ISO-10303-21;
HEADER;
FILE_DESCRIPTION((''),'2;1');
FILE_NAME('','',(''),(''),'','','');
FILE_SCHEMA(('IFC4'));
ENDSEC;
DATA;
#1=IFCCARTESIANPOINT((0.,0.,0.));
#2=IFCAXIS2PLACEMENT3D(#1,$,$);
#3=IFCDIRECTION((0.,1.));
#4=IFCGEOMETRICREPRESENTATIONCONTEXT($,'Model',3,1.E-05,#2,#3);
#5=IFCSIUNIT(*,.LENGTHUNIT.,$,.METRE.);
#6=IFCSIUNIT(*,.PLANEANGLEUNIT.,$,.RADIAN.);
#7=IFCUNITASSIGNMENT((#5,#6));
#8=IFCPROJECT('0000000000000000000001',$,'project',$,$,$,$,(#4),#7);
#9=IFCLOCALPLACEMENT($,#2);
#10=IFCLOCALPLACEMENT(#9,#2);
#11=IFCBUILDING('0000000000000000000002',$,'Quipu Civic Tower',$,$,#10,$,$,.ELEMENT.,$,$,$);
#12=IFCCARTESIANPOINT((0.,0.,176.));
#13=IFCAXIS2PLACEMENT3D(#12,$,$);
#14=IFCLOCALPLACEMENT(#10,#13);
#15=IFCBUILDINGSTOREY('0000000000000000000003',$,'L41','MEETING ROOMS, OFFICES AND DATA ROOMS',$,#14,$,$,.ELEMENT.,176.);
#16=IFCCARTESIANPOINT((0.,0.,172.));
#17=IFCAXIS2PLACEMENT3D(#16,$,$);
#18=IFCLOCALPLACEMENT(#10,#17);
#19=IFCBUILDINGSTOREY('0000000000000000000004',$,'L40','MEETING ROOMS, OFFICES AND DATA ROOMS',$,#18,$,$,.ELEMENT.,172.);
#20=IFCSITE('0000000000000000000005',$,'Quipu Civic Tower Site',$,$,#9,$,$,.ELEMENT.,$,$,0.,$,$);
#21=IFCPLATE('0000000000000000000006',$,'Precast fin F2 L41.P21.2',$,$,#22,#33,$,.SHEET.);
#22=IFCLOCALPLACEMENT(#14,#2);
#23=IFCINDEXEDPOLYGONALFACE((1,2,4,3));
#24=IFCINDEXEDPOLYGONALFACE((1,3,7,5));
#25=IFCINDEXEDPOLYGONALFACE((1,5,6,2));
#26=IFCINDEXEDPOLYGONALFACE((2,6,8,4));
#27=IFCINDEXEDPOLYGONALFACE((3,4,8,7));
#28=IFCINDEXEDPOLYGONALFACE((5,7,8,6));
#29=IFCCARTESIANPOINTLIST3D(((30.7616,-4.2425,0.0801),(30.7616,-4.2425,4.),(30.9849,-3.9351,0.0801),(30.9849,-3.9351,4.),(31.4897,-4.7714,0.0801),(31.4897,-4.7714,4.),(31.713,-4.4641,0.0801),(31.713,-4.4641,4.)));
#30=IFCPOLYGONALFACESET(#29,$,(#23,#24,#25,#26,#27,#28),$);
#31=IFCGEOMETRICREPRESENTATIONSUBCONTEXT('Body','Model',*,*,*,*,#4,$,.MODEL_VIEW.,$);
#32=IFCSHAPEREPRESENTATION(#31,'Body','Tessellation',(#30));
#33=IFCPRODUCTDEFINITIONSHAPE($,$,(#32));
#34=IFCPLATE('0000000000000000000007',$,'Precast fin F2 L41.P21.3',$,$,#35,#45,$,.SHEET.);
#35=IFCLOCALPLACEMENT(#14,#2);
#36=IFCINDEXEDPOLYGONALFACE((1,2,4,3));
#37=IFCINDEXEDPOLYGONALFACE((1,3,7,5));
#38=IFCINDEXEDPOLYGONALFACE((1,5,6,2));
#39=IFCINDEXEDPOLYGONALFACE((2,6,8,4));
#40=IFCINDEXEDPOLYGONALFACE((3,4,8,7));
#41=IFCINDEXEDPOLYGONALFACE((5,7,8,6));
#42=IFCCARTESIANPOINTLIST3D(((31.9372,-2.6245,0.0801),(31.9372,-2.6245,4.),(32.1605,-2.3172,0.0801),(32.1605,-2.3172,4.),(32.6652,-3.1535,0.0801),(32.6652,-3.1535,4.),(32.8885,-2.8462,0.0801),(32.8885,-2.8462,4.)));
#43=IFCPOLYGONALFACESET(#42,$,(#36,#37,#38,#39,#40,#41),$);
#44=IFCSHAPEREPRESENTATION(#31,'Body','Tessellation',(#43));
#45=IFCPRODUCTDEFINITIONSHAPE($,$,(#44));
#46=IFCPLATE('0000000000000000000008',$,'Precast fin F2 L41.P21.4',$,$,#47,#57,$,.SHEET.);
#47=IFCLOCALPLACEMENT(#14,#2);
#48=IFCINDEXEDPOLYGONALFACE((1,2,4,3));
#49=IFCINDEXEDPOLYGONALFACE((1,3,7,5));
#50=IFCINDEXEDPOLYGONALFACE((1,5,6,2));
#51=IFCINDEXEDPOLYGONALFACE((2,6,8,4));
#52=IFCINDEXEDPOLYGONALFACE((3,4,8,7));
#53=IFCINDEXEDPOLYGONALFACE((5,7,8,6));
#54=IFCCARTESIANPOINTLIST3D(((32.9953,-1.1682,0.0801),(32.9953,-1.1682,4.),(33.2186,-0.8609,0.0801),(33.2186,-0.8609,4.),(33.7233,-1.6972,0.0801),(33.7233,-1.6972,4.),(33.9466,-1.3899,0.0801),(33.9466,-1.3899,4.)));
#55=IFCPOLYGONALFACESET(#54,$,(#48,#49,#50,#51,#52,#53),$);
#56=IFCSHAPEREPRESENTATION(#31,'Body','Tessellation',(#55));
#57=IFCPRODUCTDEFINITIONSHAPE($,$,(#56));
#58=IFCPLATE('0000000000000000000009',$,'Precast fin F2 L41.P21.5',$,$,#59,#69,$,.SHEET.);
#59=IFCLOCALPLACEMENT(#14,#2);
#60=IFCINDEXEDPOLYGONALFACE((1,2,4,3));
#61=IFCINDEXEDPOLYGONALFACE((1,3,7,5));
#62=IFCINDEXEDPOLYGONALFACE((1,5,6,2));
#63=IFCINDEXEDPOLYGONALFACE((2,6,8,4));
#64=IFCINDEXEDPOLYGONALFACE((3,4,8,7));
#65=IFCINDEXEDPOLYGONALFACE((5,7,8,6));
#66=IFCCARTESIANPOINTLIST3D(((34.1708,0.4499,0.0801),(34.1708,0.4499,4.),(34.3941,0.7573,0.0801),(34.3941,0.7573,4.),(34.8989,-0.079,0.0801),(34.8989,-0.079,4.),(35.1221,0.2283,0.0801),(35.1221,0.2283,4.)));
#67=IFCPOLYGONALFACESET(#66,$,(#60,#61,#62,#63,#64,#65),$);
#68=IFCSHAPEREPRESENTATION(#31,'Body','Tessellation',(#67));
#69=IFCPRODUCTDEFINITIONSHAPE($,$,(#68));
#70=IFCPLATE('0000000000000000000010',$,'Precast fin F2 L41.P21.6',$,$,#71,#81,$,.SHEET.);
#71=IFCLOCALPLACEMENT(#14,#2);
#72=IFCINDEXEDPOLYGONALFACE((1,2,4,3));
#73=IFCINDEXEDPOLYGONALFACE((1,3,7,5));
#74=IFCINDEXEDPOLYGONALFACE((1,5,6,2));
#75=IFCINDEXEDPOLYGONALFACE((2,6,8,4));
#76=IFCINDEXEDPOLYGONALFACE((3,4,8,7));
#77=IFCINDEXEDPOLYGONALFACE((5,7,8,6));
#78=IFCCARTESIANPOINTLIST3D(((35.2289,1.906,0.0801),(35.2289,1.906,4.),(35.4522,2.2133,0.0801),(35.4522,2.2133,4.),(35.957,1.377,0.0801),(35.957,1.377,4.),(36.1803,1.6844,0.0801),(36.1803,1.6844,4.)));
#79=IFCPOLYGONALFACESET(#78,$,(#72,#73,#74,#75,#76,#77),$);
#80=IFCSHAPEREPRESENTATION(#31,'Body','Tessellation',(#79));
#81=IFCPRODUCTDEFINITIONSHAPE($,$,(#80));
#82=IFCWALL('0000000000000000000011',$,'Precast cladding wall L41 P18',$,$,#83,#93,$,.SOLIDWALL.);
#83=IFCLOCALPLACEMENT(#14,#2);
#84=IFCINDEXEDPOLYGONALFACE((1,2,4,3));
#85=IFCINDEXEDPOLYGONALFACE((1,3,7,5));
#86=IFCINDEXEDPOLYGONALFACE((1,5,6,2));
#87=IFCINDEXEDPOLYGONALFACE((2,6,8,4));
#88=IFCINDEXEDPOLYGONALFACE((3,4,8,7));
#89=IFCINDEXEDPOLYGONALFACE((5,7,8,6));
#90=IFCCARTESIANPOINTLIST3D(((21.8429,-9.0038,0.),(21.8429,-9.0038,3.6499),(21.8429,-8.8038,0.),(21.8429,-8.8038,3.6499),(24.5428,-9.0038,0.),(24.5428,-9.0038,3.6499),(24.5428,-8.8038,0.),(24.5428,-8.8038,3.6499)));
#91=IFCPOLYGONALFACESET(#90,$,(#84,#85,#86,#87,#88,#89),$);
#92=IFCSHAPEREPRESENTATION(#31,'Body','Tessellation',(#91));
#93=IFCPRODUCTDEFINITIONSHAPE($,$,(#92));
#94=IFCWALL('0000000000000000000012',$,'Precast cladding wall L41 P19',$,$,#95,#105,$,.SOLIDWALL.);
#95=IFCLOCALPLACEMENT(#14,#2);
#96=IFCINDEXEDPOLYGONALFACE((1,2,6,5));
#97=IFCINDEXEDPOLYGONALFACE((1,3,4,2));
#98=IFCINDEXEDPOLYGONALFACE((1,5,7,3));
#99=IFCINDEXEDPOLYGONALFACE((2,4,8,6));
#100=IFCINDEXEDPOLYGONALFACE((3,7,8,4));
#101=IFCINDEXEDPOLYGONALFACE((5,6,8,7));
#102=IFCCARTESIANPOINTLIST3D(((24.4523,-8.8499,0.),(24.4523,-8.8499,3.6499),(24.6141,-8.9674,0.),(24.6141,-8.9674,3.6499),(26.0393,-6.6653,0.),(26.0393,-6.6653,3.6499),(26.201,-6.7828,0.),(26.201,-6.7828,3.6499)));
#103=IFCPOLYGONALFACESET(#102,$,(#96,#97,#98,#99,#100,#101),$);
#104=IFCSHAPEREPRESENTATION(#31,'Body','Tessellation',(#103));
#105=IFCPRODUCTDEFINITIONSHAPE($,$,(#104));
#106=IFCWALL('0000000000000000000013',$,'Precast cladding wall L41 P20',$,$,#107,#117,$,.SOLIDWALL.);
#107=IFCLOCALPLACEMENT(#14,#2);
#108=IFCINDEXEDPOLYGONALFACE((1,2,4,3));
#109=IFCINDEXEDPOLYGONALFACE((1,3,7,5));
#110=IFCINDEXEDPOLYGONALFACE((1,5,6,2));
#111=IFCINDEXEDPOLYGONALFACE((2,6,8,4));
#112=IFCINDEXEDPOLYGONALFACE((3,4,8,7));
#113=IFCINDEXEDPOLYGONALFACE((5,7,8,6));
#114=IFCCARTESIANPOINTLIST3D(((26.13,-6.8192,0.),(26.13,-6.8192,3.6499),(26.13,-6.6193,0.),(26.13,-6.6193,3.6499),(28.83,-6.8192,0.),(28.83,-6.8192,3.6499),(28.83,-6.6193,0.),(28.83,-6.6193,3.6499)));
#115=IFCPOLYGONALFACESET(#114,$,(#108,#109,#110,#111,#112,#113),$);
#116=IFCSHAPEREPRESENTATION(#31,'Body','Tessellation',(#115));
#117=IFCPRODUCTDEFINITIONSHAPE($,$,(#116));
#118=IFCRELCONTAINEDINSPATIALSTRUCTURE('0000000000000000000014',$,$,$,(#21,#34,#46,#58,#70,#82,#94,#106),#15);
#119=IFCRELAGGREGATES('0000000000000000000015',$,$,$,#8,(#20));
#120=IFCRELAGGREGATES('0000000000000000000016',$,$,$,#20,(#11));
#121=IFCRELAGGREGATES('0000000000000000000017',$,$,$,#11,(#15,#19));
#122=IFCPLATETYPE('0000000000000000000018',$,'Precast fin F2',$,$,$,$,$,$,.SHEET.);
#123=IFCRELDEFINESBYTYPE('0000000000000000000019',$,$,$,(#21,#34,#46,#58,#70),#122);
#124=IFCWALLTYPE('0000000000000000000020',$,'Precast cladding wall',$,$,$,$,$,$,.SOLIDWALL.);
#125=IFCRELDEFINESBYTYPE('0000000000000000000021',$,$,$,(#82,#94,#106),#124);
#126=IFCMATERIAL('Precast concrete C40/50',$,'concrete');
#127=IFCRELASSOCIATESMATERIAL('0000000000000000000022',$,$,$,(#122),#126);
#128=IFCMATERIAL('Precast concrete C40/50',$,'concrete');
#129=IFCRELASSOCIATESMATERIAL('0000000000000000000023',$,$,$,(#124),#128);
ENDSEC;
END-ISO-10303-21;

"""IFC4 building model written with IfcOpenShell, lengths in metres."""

from ifc_helpers import new_model, si_unit, direction, frame, frame_2d, origin, origin_2d, place, context, subcontext, project, spatial, rectangle, extrude, material, type_object, element, save


model = new_model("IFC4")

# Units and contexts
model_context = context("Model", 3, precision=1e-05, world=origin(), true_north=direction((0.0, 1.0)))
body_context = subcontext(model_context, "Body", "Model", "MODEL_VIEW")
ifc_project = project(units=[si_unit("LENGTHUNIT", "METRE"), si_unit("PLANEANGLEUNIT", "RADIAN")], contexts=[model_context])

# Site, building, storey
site_placement = place(None, origin())
site = spatial("IfcSite", under=ifc_project, at=site_placement, Name="Quipu Civic Tower Site", CompositionType="ELEMENT", RefElevation=0.0)
building_placement = place(site_placement, origin())
building = spatial("IfcBuilding", under=site, at=building_placement, Name="Quipu Civic Tower", CompositionType="ELEMENT")
storey_1_placement = place(building_placement, frame((0.0, 0.0, 176.0)))
storey_1 = spatial("IfcBuildingStorey", under=building, at=storey_1_placement, Name="L41", Description="MEETING ROOMS, OFFICES AND DATA ROOMS", CompositionType="ELEMENT", Elevation=176.0)

# Shared definitions
storey_2_placement = place(building_placement, frame((0.0, 0.0, 172.0)))
storey_2 = spatial("IfcBuildingStorey", under=building, at=storey_2_placement, Name="L40", Description="MEETING ROOMS, OFFICES AND DATA ROOMS", CompositionType="ELEMENT", Elevation=172.0)

# Plates
ifc_material_1 = material(Name="Precast concrete C40/50", Category="concrete")
plate_type_1 = type_object("IfcPlateType", Name="Precast fin F2", PredefinedType="SHEET", material=ifc_material_1)
for number, where, z_axis, x_axis, name in (
    (1, (31.2373, -4.3533, 0.0801), (0.0, 0.0, 1.0), (0.587786, 0.809017, 0.0), "Precast fin F2 L41.P21.2"),
    (2, (32.4128, -2.7354, 0.0801), (0.0, 0.0, 1.0), (0.587786, 0.809017, 0.0), "Precast fin F2 L41.P21.3"),
    (3, (33.4709, -1.2791, 0.0801), (0.0, 0.0, 1.0), (0.587786, 0.809017, 0.0), "Precast fin F2 L41.P21.4"),
    (4, (34.6465, 0.3391, 0.0801), (0.0, 0.0, 1.0), (0.587786, 0.809017, 0.0), "Precast fin F2 L41.P21.5"),
    (5, (35.7046, 1.7952, 0.0801), (0.0, 0.0, 1.0), (0.587786, 0.809017, 0.0), "Precast fin F2 L41.P21.6"),
):
    element("IfcPlate", number, at=place(storey_1_placement, frame(where, z_axis=z_axis, x_axis=x_axis)), inside=storey_1, type_object=plate_type_1, Name=name, PredefinedType="SHEET", context=body_context, shape_type="SweptSolid", body=[
        extrude(rectangle(XDim=0.3799, YDim=0.8999, at=origin_2d()), origin(), (0.0, 0.0, 1.0), 3.9199),
    ])

# Walls
ifc_material_2 = material(Name="Precast concrete C40/50", Category="concrete")
wall_type = type_object("IfcWallType", Name="Precast cladding wall", PredefinedType="SOLIDWALL", material=ifc_material_2)
wall_1_placement = place(storey_1_placement, frame((21.8428, -8.9038, 0.0), z_axis=(0.0, 0.0, 1.0), x_axis=(1.0, 0.0, 0.0)))
element("IfcWall", 6, at=wall_1_placement, inside=storey_1, type_object=wall_type, Name="Precast cladding wall L41 P18", PredefinedType="SOLIDWALL", context=body_context, shape_type="SweptSolid", body=[
    extrude(rectangle(XDim=2.7, YDim=0.2, at=frame_2d((1.3501, 0.0))), origin(), (0.0, 0.0, 1.0), 3.6499),
])
wall_2_placement = place(storey_1_placement, frame((24.5332, -8.9087, 0.0), z_axis=(0.0, 0.0, 1.0), x_axis=(0.58772, 0.809064, 0.0)))
element("IfcWall", 7, at=wall_2_placement, inside=storey_1, type_object=wall_type, Name="Precast cladding wall L41 P19", PredefinedType="SOLIDWALL", context=body_context, shape_type="SweptSolid", body=[
    extrude(rectangle(XDim=2.7002, YDim=0.2, at=frame_2d((1.3501, 0.0))), origin(), (0.0, 0.0, 1.0), 3.6499),
])
wall_3_placement = place(storey_1_placement, frame((26.1299, -6.7192, 0.0), z_axis=(0.0, 0.0, 1.0), x_axis=(1.0, 0.0, 0.0)))
element("IfcWall", 8, at=wall_3_placement, inside=storey_1, type_object=wall_type, Name="Precast cladding wall L41 P20", PredefinedType="SOLIDWALL", context=body_context, shape_type="SweptSolid", body=[
    extrude(rectangle(XDim=2.7, YDim=0.2, at=frame_2d((1.3501, 0.0))), origin(), (0.0, 0.0, 1.0), 3.6499),
])

save(model, "model.ifc")
